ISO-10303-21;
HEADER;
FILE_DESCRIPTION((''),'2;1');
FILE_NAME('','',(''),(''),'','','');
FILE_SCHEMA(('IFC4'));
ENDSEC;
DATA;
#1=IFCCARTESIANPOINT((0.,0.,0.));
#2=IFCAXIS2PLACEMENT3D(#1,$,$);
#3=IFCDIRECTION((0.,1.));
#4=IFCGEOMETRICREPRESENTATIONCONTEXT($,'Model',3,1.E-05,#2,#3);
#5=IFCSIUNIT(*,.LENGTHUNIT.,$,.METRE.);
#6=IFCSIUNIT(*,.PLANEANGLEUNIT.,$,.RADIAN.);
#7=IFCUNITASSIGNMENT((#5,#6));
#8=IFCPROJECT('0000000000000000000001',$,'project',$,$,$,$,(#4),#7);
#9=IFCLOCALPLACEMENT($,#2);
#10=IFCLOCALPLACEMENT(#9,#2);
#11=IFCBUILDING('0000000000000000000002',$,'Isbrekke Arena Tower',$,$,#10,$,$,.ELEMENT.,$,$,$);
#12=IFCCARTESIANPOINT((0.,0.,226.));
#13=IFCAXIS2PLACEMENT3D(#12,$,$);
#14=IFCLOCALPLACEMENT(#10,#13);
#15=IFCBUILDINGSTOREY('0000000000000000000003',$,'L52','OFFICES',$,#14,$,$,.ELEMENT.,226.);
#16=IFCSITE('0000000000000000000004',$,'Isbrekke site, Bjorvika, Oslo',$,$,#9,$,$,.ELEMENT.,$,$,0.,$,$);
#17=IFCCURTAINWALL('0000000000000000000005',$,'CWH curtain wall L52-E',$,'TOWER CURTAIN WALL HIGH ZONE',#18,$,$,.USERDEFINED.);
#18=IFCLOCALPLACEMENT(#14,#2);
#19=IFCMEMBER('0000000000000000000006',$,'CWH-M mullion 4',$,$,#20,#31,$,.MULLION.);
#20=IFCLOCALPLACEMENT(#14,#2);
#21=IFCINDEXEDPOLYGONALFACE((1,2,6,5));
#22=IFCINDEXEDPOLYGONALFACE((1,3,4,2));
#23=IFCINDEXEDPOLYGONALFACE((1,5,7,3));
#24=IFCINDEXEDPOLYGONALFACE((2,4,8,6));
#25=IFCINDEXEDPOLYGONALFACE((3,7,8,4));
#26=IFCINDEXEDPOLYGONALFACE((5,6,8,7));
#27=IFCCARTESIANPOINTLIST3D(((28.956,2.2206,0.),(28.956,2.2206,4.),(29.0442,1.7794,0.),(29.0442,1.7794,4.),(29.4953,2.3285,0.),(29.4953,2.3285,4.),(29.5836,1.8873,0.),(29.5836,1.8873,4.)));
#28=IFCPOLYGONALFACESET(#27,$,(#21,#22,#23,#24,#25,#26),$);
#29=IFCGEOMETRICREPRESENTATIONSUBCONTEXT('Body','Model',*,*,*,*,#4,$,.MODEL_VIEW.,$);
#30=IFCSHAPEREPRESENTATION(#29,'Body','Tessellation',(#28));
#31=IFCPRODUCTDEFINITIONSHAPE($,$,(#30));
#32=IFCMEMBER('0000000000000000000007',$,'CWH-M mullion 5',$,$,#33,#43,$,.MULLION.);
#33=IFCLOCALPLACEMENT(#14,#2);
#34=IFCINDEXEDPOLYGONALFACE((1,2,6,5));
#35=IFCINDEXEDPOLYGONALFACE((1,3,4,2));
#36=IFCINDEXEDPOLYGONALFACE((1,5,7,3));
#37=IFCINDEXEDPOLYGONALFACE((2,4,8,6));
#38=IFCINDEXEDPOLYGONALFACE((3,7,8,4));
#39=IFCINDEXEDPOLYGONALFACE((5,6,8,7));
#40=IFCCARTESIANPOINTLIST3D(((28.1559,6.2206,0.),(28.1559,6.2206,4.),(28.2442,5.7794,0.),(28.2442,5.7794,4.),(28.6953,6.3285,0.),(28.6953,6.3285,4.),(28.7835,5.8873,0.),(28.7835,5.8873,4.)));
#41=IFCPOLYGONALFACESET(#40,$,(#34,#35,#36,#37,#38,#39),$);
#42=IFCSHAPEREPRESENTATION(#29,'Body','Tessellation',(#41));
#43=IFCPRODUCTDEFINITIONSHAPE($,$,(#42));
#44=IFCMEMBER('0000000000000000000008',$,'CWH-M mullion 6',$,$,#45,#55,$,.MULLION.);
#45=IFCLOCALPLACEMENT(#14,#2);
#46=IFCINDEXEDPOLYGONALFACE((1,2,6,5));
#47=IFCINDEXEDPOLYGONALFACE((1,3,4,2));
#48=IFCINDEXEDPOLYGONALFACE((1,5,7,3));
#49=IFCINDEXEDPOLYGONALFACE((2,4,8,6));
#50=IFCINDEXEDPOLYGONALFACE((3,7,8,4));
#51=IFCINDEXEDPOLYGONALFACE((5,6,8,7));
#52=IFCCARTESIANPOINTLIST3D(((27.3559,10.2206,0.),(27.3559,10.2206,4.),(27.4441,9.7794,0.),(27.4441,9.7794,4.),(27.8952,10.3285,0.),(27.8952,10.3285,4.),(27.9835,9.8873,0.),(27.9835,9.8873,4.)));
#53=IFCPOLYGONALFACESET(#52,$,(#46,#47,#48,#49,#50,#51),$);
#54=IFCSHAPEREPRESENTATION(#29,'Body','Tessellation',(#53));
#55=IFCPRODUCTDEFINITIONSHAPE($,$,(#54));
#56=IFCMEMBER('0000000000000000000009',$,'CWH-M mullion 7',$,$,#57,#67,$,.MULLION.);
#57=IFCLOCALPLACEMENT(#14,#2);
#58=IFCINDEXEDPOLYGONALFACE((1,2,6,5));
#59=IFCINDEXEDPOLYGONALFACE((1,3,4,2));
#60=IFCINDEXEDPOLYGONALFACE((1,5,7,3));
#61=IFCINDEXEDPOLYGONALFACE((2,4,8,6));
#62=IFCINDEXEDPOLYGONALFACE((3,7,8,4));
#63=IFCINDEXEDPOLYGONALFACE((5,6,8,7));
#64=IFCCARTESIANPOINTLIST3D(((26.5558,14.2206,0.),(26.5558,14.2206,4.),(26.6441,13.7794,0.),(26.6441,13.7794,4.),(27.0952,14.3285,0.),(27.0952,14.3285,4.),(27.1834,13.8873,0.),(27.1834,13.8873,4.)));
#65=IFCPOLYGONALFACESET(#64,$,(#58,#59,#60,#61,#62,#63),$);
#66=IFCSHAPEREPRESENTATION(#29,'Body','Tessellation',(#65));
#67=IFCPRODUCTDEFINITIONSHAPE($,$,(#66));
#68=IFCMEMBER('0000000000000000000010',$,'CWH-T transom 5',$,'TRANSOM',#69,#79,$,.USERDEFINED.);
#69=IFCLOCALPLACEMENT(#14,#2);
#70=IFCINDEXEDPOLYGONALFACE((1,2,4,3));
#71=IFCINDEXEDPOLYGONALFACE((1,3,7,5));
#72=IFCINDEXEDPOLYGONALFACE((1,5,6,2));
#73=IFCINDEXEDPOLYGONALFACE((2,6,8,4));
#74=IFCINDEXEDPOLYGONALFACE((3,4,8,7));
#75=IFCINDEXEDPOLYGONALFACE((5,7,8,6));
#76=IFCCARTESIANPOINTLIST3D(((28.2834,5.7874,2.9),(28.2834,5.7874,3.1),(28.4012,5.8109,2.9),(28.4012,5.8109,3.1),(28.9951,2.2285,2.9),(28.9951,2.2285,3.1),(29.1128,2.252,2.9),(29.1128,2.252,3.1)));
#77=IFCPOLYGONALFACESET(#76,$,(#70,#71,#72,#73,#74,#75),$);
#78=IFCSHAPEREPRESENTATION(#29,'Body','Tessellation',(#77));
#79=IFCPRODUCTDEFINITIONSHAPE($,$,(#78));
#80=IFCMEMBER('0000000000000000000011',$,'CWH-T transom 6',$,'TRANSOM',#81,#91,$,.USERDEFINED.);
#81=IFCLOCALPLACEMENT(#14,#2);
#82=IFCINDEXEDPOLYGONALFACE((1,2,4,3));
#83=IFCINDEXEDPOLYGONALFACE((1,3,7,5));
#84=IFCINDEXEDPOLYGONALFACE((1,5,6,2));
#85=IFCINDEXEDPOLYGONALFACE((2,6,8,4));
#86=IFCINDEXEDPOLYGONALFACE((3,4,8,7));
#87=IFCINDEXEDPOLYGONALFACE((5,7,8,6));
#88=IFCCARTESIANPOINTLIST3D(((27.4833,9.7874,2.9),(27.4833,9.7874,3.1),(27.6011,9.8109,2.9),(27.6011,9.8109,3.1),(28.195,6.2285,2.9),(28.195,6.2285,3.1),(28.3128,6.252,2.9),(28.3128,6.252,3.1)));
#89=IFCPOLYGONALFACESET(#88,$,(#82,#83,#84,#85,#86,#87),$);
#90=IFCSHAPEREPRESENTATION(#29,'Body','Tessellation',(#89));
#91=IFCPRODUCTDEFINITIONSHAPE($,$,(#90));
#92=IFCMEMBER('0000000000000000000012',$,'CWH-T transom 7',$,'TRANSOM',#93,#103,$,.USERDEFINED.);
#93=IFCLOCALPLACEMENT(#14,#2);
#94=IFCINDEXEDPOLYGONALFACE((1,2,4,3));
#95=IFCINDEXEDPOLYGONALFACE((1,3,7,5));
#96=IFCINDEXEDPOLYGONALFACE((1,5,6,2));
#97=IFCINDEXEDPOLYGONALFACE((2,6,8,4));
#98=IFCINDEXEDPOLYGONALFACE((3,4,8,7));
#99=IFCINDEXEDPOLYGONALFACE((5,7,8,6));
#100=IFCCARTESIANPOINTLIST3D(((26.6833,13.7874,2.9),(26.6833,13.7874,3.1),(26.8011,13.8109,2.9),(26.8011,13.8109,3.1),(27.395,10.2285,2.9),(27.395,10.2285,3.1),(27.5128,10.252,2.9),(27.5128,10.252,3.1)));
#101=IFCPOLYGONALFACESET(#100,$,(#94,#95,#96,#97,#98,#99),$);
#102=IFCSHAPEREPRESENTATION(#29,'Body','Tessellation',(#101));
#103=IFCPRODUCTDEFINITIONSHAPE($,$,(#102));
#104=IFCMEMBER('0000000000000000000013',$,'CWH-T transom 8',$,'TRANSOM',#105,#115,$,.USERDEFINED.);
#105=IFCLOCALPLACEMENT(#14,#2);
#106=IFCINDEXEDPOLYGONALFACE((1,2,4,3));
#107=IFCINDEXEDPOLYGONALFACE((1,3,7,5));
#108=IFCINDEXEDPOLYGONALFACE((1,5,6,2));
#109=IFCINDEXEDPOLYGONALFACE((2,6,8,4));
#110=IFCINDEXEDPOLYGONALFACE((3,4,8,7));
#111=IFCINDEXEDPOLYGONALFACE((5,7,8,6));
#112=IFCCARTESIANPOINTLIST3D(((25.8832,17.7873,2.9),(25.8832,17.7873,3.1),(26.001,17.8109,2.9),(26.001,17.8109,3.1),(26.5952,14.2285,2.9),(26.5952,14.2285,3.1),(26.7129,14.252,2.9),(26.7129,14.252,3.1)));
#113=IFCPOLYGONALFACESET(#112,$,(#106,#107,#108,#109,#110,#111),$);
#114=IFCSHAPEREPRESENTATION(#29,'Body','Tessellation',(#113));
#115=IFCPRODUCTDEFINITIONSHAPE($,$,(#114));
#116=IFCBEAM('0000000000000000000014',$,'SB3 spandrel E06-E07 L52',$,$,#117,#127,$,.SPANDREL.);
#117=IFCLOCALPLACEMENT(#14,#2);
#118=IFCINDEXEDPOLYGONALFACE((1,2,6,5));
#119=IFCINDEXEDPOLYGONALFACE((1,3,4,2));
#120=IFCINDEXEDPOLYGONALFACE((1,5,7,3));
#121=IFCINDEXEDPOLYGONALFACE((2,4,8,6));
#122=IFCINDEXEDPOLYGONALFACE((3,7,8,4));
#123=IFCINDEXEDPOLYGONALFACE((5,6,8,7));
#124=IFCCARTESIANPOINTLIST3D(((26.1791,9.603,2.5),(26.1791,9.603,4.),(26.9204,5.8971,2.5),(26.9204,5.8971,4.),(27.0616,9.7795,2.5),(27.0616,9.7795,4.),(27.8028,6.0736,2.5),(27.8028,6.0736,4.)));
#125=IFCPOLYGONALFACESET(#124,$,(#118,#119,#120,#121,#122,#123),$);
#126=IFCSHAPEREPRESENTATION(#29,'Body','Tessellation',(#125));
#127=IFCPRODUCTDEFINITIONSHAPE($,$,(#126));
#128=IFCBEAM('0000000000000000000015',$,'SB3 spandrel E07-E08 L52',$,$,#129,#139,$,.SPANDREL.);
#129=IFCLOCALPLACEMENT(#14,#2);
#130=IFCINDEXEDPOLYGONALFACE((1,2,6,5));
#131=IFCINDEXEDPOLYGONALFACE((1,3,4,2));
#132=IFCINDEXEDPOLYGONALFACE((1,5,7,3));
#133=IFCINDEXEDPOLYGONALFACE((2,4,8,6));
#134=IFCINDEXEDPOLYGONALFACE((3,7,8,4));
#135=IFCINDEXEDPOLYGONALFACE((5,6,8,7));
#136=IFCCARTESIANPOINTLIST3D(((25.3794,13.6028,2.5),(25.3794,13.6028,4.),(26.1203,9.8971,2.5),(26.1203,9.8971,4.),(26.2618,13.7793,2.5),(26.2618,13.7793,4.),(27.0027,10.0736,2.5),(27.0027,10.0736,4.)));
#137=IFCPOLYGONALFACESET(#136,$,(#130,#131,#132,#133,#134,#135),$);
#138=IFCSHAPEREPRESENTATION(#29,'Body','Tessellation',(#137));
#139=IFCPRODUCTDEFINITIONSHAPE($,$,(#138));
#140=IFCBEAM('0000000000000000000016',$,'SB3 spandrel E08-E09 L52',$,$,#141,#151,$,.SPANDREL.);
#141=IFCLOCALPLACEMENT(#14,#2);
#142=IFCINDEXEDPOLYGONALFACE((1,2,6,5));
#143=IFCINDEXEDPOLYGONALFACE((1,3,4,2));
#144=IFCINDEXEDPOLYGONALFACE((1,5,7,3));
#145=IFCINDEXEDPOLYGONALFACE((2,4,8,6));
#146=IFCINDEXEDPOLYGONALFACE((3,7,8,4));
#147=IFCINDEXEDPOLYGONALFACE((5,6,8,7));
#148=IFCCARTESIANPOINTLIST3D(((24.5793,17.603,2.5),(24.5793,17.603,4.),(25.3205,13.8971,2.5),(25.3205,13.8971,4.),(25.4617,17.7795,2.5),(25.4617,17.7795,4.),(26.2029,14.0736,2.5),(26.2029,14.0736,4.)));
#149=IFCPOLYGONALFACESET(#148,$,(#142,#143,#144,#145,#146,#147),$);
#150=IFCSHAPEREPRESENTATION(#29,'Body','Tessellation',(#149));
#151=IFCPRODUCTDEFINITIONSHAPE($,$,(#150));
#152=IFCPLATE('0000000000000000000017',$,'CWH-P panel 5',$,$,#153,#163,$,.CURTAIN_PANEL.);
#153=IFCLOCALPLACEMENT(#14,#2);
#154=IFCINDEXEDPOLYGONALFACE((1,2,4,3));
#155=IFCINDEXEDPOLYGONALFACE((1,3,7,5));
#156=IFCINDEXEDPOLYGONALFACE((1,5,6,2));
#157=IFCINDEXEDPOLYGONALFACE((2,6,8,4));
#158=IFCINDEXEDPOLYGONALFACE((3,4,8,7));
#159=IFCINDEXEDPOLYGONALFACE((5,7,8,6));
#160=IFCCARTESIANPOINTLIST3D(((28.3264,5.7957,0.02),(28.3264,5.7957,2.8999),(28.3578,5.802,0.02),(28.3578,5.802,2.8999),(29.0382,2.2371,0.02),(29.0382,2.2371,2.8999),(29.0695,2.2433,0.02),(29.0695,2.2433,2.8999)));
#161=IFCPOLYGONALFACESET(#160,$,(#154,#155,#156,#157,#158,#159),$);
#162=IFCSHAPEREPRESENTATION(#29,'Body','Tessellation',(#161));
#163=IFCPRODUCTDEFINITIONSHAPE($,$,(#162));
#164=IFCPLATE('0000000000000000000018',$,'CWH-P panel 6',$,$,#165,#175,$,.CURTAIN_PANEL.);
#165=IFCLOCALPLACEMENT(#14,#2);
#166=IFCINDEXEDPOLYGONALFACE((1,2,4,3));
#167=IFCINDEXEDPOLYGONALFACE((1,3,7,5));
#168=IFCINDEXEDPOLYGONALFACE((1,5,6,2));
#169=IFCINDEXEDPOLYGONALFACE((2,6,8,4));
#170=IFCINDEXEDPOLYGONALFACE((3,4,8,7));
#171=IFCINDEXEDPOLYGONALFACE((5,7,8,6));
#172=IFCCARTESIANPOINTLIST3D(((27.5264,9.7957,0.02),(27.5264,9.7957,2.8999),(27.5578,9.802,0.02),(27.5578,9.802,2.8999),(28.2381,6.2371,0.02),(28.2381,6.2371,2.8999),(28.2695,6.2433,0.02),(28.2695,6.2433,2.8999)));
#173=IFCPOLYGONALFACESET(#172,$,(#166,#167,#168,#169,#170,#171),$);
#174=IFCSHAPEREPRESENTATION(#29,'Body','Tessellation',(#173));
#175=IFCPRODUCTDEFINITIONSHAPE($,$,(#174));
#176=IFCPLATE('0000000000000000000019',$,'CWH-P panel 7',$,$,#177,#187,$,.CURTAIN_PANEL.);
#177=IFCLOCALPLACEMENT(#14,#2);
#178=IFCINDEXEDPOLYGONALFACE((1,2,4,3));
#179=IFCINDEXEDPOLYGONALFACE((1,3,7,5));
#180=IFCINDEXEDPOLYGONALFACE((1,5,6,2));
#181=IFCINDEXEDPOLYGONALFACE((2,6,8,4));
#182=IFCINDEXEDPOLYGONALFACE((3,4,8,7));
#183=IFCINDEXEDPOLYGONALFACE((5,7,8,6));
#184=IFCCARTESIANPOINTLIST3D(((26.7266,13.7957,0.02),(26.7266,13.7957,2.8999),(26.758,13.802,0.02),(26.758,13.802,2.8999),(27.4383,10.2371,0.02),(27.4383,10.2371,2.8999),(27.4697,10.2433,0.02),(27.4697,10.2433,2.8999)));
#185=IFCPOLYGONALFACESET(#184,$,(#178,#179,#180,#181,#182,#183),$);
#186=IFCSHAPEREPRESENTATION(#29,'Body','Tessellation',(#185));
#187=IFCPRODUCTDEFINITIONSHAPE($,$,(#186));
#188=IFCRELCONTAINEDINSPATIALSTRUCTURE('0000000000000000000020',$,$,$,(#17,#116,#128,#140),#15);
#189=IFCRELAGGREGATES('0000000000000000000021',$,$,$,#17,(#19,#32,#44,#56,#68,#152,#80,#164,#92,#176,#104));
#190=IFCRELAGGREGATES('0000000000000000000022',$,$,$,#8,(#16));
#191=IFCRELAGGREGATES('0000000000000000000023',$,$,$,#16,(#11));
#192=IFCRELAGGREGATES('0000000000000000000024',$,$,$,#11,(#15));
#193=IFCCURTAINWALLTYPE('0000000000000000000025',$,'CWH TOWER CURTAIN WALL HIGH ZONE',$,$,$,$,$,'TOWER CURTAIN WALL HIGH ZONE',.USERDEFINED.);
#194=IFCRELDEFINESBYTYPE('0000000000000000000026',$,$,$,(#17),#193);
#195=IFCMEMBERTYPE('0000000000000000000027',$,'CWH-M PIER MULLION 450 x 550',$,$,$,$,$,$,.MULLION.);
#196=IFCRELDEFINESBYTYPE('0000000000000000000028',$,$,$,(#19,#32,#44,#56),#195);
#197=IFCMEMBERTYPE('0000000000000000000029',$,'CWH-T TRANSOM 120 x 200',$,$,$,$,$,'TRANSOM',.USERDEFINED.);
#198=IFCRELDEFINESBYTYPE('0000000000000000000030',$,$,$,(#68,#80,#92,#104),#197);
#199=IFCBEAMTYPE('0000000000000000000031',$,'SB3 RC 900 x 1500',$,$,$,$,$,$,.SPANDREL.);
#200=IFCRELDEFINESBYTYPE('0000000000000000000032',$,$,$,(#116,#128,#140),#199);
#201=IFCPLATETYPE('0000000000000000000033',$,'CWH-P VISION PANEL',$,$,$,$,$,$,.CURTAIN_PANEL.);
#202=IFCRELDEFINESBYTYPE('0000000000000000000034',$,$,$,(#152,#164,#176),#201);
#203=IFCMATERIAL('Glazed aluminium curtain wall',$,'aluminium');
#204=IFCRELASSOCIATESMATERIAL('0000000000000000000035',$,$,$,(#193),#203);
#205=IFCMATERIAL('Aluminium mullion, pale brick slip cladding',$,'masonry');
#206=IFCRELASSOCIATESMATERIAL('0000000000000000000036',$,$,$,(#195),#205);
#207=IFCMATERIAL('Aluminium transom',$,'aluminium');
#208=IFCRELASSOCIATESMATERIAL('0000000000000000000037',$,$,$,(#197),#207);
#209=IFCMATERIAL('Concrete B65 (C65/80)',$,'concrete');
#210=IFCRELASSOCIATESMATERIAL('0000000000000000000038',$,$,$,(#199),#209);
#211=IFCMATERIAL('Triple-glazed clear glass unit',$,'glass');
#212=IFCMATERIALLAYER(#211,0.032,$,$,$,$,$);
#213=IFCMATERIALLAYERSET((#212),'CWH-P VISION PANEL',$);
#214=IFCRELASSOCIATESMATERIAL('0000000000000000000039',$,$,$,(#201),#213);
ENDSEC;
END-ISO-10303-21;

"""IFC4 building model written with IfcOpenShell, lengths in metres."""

from ifc_helpers import new_model, si_unit, direction, frame, origin, origin_2d, place, context, subcontext, project, spatial, rectangle, extrude, material, layer, layer_set, material_profile, profile_set, type_object, element, aggregate, save


model = new_model("IFC4")

# Units and contexts
model_context = context("Model", 3, precision=1e-05, world=origin(), true_north=direction((0.0, 1.0)))
body_context = subcontext(model_context, "Body", "Model", "MODEL_VIEW")
ifc_project = project(units=[si_unit("LENGTHUNIT", "METRE"), si_unit("PLANEANGLEUNIT", "RADIAN")], contexts=[model_context])

# Site, building, storey
site_placement = place(None, origin())
site = spatial("IfcSite", under=ifc_project, at=site_placement, Name="Isbrekke site, Bjorvika, Oslo", CompositionType="ELEMENT", RefElevation=0.0)
building_placement = place(site_placement, origin())
building = spatial("IfcBuilding", under=site, at=building_placement, Name="Isbrekke Arena Tower", CompositionType="ELEMENT")
storey_placement = place(building_placement, frame((0.0, 0.0, 226.0)))
storey = spatial("IfcBuildingStorey", under=building, at=storey_placement, Name="L52", Description="OFFICES", CompositionType="ELEMENT", Elevation=226.0)

# Curtain wall, members
ifc_material_1 = material(Name="Glazed aluminium curtain wall", Category="aluminium")
curtain_wall_type = type_object("IfcCurtainWallType", Name="CWH TOWER CURTAIN WALL HIGH ZONE", ElementType="TOWER CURTAIN WALL HIGH ZONE", PredefinedType="USERDEFINED", material=ifc_material_1)
curtain_wall_placement = place(storey_placement, origin())
curtain_wall = element("IfcCurtainWall", 1, at=curtain_wall_placement, inside=storey, type_object=curtain_wall_type, Name="CWH curtain wall L52-E", ObjectType="TOWER CURTAIN WALL HIGH ZONE", PredefinedType="USERDEFINED")
ifc_material_2 = material(Name="Aluminium mullion, pale brick slip cladding", Category="masonry")
ifc_material_profile_1 = material_profile(ifc_material_2, rectangle(XDim=0.45, YDim=0.55, at=origin_2d()), Name="PIER 450X550")
ifc_profile_set_1 = profile_set([ifc_material_profile_1], Name="Aluminium mullion, pale brick slip cladding")
member_type_1 = type_object("IfcMemberType", Name="CWH-M PIER MULLION 450 x 550", PredefinedType="MULLION", material=ifc_profile_set_1)
member_1_placement = place(storey_placement, frame((29.2698, 2.054, 0.0), z_axis=(0.0, 0.0, 1.0), x_axis=(-0.196116, 0.980581, 0.0)))
member_1 = element("IfcMember", 2, at=member_1_placement, type_object=member_type_1, Name="CWH-M mullion 4", PredefinedType="MULLION", context=body_context, shape_type="SweptSolid", body=[
    extrude(rectangle(XDim=0.45, YDim=0.55, at=origin_2d()), origin(), (0.0, 0.0, 1.0), 4.0),
])
member_2_placement = place(storey_placement, frame((28.4697, 6.054, 0.0), z_axis=(0.0, 0.0, 1.0), x_axis=(-0.196116, 0.980581, 0.0)))
member_2 = element("IfcMember", 3, at=member_2_placement, type_object=member_type_1, Name="CWH-M mullion 5", PredefinedType="MULLION", context=body_context, shape_type="SweptSolid", body=[
    extrude(rectangle(XDim=0.45, YDim=0.55, at=origin_2d()), origin(), (0.0, 0.0, 1.0), 4.0),
])
member_3_placement = place(storey_placement, frame((27.6697, 10.054, 0.0), z_axis=(0.0, 0.0, 1.0), x_axis=(-0.196116, 0.980581, 0.0)))
member_3 = element("IfcMember", 4, at=member_3_placement, type_object=member_type_1, Name="CWH-M mullion 6", PredefinedType="MULLION", context=body_context, shape_type="SweptSolid", body=[
    extrude(rectangle(XDim=0.45, YDim=0.55, at=origin_2d()), origin(), (0.0, 0.0, 1.0), 4.0),
])
member_4_placement = place(storey_placement, frame((26.8696, 14.054, 0.0), z_axis=(0.0, 0.0, 1.0), x_axis=(-0.196116, 0.980581, 0.0)))
member_4 = element("IfcMember", 5, at=member_4_placement, type_object=member_type_1, Name="CWH-M mullion 7", PredefinedType="MULLION", context=body_context, shape_type="SweptSolid", body=[
    extrude(rectangle(XDim=0.45, YDim=0.55, at=origin_2d()), origin(), (0.0, 0.0, 1.0), 4.0),
])
ifc_material_3 = material(Name="Aluminium transom", Category="aluminium")
ifc_material_profile_2 = material_profile(ifc_material_3, rectangle(XDim=0.1201, YDim=0.2, at=origin_2d()), Name="TRANSOM 120X200")
ifc_profile_set_2 = profile_set([ifc_material_profile_2], Name="Aluminium transom")
member_type_2 = type_object("IfcMemberType", Name="CWH-T TRANSOM 120 x 200", ElementType="TRANSOM", PredefinedType="USERDEFINED", material=ifc_profile_set_2)
member_5_placement = place(storey_placement, frame((29.054, 2.2402, 3.0), z_axis=(-0.19609, 0.980586, 0.0), x_axis=(-0.980586, -0.19609, 0.0)))
member_5 = element("IfcMember", 6, at=member_5_placement, type_object=member_type_2, Name="CWH-T transom 5", ObjectType="TRANSOM", PredefinedType="USERDEFINED", context=body_context, shape_type="SweptSolid", body=[
    extrude(rectangle(XDim=0.1201, YDim=0.2, at=origin_2d()), origin(), (0.0, 0.0, 1.0), 3.6294),
])
member_6_placement = place(storey_placement, frame((28.2539, 6.2402, 3.0), z_axis=(-0.19609, 0.980586, 0.0), x_axis=(-0.980586, -0.19609, 0.0)))
member_6 = element("IfcMember", 7, at=member_6_placement, type_object=member_type_2, Name="CWH-T transom 6", ObjectType="TRANSOM", PredefinedType="USERDEFINED", context=body_context, shape_type="SweptSolid", body=[
    extrude(rectangle(XDim=0.1201, YDim=0.2, at=origin_2d()), origin(), (0.0, 0.0, 1.0), 3.6294),
])
member_7_placement = place(storey_placement, frame((27.4539, 10.2402, 3.0), z_axis=(-0.19609, 0.980586, 0.0), x_axis=(-0.980586, -0.19609, 0.0)))
member_7 = element("IfcMember", 8, at=member_7_placement, type_object=member_type_2, Name="CWH-T transom 7", ObjectType="TRANSOM", PredefinedType="USERDEFINED", context=body_context, shape_type="SweptSolid", body=[
    extrude(rectangle(XDim=0.1201, YDim=0.2, at=origin_2d()), origin(), (0.0, 0.0, 1.0), 3.6294),
])
member_8_placement = place(storey_placement, frame((26.6541, 14.2402, 3.0), z_axis=(-0.196155, 0.980573, 0.0), x_axis=(-0.980573, -0.196155, 0.0)))
member_8 = element("IfcMember", 9, at=member_8_placement, type_object=member_type_2, Name="CWH-T transom 8", ObjectType="TRANSOM", PredefinedType="USERDEFINED", context=body_context, shape_type="SweptSolid", body=[
    extrude(rectangle(XDim=0.1201, YDim=0.2, at=origin_2d()), origin(), (0.0, 0.0, 1.0), 3.6294),
])

# Beams
ifc_material_4 = material(Name="Concrete B65 (C65/80)", Category="concrete")
ifc_material_profile_3 = material_profile(ifc_material_4, rectangle(XDim=0.8999, YDim=1.5, at=origin_2d()), Name="RC 900x1500")
ifc_profile_set_3 = profile_set([ifc_material_profile_3], Name="Concrete B65 (C65/80)")
beam_type_1 = type_object("IfcBeamType", Name="SB3 RC 900 x 1500", PredefinedType="SPANDREL", material=ifc_profile_set_3)
beam_1_placement = place(storey_placement, frame((27.3616, 5.9854, 3.25), z_axis=(-0.196129, 0.980578, 0.0), x_axis=(-0.980578, -0.196129, 0.0)))
element("IfcBeam", 10, at=beam_1_placement, inside=storey, type_object=beam_type_1, Name="SB3 spandrel E06-E07 L52", PredefinedType="SPANDREL", context=body_context, shape_type="SweptSolid", body=[
    extrude(rectangle(XDim=0.8999, YDim=1.5, at=origin_2d()), origin(), (0.0, 0.0, 1.0), 3.7793),
])
beam_2_placement = place(storey_placement, frame((26.5615, 9.9854, 3.25), z_axis=(-0.196066, 0.980591, 0.0), x_axis=(-0.980591, -0.196066, 0.0)))
element("IfcBeam", 11, at=beam_2_placement, inside=storey, type_object=beam_type_1, Name="SB3 spandrel E07-E08 L52", PredefinedType="SPANDREL", context=body_context, shape_type="SweptSolid", body=[
    extrude(rectangle(XDim=0.8999, YDim=1.5, at=origin_2d()), origin(), (0.0, 0.0, 1.0), 3.7791),
])
beam_3_placement = place(storey_placement, frame((25.7617, 13.9854, 3.25), z_axis=(-0.196129, 0.980578, 0.0), x_axis=(-0.980578, -0.196129, 0.0)))
element("IfcBeam", 12, at=beam_3_placement, inside=storey, type_object=beam_type_1, Name="SB3 spandrel E08-E09 L52", PredefinedType="SPANDREL", context=body_context, shape_type="SweptSolid", body=[
    extrude(rectangle(XDim=0.8999, YDim=1.5, at=origin_2d()), origin(), (0.0, 0.0, 1.0), 3.7793),
])

# Plates
ifc_material_5 = material(Name="Triple-glazed clear glass unit", Category="glass")
ifc_layer_1 = layer(ifc_material_5, 0.032)
ifc_layer_set_1 = layer_set([ifc_layer_1], Name="CWH-P VISION PANEL")
plate_type = type_object("IfcPlateType", Name="CWH-P VISION PANEL", PredefinedType="CURTAIN_PANEL", material=ifc_layer_set_1)
plate_1_placement = place(storey_placement, frame((28.698, 4.0195, 0.02), z_axis=(0.0, 0.0, 1.0), x_axis=(-0.196116, 0.980581, 0.0)))
plate_1 = element("IfcPlate", 13, at=plate_1_placement, type_object=plate_type, Name="CWH-P panel 5", PredefinedType="CURTAIN_PANEL", context=body_context, shape_type="SweptSolid", body=[
    extrude(rectangle(XDim=3.6292, YDim=0.032, at=origin_2d()), origin(), (0.0, 0.0, 1.0), 2.8799),
])
plate_2_placement = place(storey_placement, frame((27.8979, 8.0195, 0.02), z_axis=(0.0, 0.0, 1.0), x_axis=(-0.196116, 0.980581, 0.0)))
plate_2 = element("IfcPlate", 14, at=plate_2_placement, type_object=plate_type, Name="CWH-P panel 6", PredefinedType="CURTAIN_PANEL", context=body_context, shape_type="SweptSolid", body=[
    extrude(rectangle(XDim=3.6292, YDim=0.032, at=origin_2d()), origin(), (0.0, 0.0, 1.0), 2.8799),
])
plate_3_placement = place(storey_placement, frame((27.0981, 12.0195, 0.02), z_axis=(0.0, 0.0, 1.0), x_axis=(-0.196116, 0.980581, 0.0)))
plate_3 = element("IfcPlate", 15, at=plate_3_placement, type_object=plate_type, Name="CWH-P panel 7", PredefinedType="CURTAIN_PANEL", context=body_context, shape_type="SweptSolid", body=[
    extrude(rectangle(XDim=3.6292, YDim=0.032, at=origin_2d()), origin(), (0.0, 0.0, 1.0), 2.8799),
])
aggregate(curtain_wall, [member_1, member_2, member_3, member_4, member_5, plate_1, member_6, plate_2, member_7, plate_3, member_8])

save(model, "model.ifc")
